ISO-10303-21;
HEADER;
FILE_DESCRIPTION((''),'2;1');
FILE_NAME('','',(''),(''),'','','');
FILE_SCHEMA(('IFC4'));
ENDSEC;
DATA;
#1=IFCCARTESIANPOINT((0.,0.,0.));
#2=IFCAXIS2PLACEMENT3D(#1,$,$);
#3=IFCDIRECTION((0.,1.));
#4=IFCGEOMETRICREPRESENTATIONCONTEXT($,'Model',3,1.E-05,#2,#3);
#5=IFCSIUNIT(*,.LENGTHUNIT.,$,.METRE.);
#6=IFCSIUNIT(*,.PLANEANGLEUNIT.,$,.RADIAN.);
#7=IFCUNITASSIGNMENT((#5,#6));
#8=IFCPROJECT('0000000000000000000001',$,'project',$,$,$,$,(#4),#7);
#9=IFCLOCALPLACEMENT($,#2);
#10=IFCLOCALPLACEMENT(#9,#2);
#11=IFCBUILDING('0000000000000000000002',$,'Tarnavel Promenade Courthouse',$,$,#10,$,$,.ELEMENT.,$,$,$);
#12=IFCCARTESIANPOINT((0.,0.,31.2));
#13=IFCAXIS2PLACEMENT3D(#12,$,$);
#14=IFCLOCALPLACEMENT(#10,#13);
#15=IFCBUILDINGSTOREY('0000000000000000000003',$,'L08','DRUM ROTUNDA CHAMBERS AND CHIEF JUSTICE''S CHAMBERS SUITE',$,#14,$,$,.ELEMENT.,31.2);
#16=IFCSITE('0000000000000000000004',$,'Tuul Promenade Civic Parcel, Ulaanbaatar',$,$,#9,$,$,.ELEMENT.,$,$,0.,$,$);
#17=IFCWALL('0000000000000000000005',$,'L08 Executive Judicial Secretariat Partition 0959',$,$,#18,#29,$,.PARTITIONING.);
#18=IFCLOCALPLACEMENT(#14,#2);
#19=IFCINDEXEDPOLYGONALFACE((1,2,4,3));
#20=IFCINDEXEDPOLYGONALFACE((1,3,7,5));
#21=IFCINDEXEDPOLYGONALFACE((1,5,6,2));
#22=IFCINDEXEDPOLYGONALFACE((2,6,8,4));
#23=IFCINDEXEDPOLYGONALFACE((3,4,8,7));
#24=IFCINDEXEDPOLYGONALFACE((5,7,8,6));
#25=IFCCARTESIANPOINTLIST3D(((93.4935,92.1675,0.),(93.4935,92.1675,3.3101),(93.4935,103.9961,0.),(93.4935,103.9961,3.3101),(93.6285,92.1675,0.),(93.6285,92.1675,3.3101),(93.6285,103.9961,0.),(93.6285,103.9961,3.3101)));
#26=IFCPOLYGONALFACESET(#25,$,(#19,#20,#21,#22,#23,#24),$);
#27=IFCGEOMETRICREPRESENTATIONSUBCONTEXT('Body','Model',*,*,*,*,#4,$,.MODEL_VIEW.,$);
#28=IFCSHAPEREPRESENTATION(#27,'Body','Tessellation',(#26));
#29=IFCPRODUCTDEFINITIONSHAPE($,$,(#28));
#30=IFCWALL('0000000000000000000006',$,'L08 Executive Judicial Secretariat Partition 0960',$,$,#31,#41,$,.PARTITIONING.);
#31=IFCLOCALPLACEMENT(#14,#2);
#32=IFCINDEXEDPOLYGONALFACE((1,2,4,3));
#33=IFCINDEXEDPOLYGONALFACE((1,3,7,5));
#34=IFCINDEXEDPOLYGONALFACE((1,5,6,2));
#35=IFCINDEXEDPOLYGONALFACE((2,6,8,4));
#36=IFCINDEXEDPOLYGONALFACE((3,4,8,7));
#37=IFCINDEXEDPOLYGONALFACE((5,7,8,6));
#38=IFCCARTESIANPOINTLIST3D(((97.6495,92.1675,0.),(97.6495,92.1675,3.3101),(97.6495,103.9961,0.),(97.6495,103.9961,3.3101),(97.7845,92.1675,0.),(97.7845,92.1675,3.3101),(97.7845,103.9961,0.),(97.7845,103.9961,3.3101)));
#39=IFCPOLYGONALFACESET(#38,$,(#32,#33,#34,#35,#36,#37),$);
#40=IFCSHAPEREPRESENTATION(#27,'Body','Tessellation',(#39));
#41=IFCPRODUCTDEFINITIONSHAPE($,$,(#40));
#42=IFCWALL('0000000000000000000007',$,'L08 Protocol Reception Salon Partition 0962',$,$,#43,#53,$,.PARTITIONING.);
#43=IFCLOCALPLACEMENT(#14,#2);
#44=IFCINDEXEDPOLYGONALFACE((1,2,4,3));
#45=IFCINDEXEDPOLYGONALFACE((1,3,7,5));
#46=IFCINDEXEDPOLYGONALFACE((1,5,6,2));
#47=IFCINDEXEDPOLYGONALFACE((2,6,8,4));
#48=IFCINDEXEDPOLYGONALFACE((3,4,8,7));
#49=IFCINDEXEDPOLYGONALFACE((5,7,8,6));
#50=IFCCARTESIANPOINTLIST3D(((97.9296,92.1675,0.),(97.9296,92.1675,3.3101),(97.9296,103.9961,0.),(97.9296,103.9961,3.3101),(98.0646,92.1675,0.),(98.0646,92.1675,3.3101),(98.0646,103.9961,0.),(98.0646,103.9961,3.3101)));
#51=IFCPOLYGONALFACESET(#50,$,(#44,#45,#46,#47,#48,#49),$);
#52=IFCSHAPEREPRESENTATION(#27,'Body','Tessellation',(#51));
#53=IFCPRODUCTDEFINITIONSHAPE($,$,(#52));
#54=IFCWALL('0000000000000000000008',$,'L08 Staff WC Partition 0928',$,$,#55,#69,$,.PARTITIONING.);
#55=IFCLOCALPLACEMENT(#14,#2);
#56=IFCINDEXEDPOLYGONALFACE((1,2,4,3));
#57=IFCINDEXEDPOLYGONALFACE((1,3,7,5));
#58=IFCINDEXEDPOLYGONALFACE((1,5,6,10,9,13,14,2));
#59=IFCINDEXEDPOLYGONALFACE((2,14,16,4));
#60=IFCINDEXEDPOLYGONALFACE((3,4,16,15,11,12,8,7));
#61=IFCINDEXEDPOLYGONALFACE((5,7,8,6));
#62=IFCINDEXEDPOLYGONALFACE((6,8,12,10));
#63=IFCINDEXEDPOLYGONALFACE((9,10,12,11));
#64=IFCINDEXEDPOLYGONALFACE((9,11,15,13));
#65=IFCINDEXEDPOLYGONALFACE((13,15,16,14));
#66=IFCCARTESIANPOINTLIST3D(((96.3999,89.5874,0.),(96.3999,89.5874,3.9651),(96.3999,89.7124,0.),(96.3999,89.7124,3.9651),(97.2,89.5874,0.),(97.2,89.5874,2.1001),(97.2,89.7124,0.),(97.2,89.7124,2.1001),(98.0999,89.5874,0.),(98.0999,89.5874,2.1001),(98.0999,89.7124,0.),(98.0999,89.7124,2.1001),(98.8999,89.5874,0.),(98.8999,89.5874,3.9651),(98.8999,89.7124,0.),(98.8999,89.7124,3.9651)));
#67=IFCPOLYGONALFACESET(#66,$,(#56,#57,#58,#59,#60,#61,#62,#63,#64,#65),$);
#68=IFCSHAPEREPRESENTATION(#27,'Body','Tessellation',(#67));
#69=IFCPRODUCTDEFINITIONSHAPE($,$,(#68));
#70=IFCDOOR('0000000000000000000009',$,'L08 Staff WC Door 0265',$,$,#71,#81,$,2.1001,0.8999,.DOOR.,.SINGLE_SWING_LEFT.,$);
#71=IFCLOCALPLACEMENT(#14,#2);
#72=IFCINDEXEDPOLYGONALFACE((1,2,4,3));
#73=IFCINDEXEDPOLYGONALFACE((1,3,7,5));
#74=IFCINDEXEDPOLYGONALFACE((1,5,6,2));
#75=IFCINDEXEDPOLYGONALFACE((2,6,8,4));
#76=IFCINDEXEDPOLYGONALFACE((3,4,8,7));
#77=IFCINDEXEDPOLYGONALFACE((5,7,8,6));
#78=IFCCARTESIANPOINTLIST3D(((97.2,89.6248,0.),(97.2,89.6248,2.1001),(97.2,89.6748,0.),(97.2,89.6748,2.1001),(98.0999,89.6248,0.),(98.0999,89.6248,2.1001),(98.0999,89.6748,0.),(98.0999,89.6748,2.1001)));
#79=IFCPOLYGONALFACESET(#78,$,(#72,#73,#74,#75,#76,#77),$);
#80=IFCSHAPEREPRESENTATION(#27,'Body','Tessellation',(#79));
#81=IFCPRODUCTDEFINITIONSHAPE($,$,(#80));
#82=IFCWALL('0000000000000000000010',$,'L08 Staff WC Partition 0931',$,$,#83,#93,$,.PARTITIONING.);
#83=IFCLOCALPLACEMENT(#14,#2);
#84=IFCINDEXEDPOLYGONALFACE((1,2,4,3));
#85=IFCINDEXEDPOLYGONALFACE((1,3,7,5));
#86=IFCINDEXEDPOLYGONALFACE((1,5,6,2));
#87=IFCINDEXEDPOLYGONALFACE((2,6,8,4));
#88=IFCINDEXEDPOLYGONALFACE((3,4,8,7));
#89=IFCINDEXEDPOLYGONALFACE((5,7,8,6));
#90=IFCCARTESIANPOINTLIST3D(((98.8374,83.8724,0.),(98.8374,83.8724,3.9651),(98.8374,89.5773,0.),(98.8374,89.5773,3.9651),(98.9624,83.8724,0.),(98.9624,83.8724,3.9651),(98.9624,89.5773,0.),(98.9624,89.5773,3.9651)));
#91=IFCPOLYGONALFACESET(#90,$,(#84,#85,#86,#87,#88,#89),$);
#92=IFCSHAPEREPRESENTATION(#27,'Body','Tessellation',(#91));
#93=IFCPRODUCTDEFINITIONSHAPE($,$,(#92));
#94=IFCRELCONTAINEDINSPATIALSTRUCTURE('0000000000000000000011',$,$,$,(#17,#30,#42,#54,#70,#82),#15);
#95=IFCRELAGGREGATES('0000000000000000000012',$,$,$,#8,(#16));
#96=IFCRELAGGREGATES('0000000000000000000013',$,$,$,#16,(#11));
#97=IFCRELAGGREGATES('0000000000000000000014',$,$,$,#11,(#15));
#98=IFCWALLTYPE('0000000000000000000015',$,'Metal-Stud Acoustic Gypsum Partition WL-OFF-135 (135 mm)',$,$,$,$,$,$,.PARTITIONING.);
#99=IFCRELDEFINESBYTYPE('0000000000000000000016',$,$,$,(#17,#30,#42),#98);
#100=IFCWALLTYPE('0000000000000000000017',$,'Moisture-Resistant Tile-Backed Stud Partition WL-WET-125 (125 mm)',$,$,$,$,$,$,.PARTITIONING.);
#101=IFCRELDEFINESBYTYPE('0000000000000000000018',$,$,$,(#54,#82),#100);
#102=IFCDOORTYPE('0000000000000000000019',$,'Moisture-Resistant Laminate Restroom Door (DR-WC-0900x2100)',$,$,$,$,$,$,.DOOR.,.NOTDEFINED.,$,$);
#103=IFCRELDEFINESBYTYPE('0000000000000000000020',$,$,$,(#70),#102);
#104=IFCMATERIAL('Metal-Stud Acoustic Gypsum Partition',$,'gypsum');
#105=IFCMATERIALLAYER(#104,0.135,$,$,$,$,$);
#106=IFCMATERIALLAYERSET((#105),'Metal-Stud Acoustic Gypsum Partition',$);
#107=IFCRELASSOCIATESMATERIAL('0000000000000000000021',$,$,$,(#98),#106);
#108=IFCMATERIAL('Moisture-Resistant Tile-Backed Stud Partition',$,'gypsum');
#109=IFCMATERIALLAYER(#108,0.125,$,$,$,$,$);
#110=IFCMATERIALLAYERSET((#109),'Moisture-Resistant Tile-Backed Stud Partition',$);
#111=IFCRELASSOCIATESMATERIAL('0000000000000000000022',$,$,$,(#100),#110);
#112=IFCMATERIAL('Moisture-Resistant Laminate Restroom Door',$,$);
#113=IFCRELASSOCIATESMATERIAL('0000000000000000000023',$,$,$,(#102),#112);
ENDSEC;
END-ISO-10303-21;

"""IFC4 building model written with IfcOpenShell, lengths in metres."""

from ifc_helpers import new_model, si_unit, direction, frame, frame_2d, origin, place, context, subcontext, project, spatial, rectangle, extrude, material, layer, layer_set, type_object, element, fill, save


model = new_model("IFC4")

# Units and contexts
model_context = context("Model", 3, precision=1e-05, world=origin(), true_north=direction((0.0, 1.0)))
body_context = subcontext(model_context, "Body", "Model", "MODEL_VIEW")
ifc_project = project(units=[si_unit("LENGTHUNIT", "METRE"), si_unit("PLANEANGLEUNIT", "RADIAN")], contexts=[model_context])

# Site, building, storey
site_placement = place(None, origin())
site = spatial("IfcSite", under=ifc_project, at=site_placement, Name="Tuul Promenade Civic Parcel, Ulaanbaatar", CompositionType="ELEMENT", RefElevation=0.0)
building_placement = place(site_placement, origin())
building = spatial("IfcBuilding", under=site, at=building_placement, Name="Tarnavel Promenade Courthouse", CompositionType="ELEMENT")
storey_placement = place(building_placement, frame((0.0, 0.0, 31.2)))
storey = spatial("IfcBuildingStorey", under=building, at=storey_placement, Name="L08", Description="DRUM ROTUNDA CHAMBERS AND CHIEF JUSTICE'S CHAMBERS SUITE", CompositionType="ELEMENT", Elevation=31.2)

# Shared definitions
ifc_material_1 = material(Name="Metal-Stud Acoustic Gypsum Partition", Category="gypsum")
ifc_layer_1 = layer(ifc_material_1, 0.135)
ifc_layer_set_1 = layer_set([ifc_layer_1], Name="Metal-Stud Acoustic Gypsum Partition")
wall_type_1 = type_object("IfcWallType", Name="Metal-Stud Acoustic Gypsum Partition WL-OFF-135 (135 mm)", PredefinedType="PARTITIONING", material=ifc_layer_set_1)

# Walls
for number, where, z_axis, x_axis, name in (
    (1, (93.561, 92.1675, 0.0), (0.0, 0.0, 1.0), (0.0, 1.0, 0.0), "L08 Executive Judicial Secretariat Partition 0959"),
    (2, (97.717, 103.9961, 0.0), (0.0, 0.0, 1.0), (0.0, -1.0, 0.0), "L08 Executive Judicial Secretariat Partition 0960"),
    (3, (97.9971, 92.1675, 0.0), (0.0, 0.0, 1.0), (0.0, 1.0, 0.0), "L08 Protocol Reception Salon Partition 0962"),
):
    element("IfcWall", number, at=place(storey_placement, frame(where, z_axis=z_axis, x_axis=x_axis)), inside=storey, type_object=wall_type_1, Name=name, PredefinedType="PARTITIONING", context=body_context, shape_type="SweptSolid", body=[
        extrude(rectangle(XDim=11.8286, YDim=0.135, at=frame_2d((5.9143, 0.0))), origin(), (0.0, 0.0, 1.0), 3.3101),
    ])

# Wall, opening, door
ifc_material_2 = material(Name="Moisture-Resistant Tile-Backed Stud Partition", Category="gypsum")
ifc_layer_2 = layer(ifc_material_2, 0.125)
ifc_layer_set_2 = layer_set([ifc_layer_2], Name="Moisture-Resistant Tile-Backed Stud Partition")
wall_type_2 = type_object("IfcWallType", Name="Moisture-Resistant Tile-Backed Stud Partition WL-WET-125 (125 mm)", PredefinedType="PARTITIONING", material=ifc_layer_set_2)
wall_1_placement = place(storey_placement, frame((96.3999, 89.6499, 0.0), z_axis=(0.0, 0.0, 1.0), x_axis=(1.0, 0.0, 0.0)))
wall_1 = element("IfcWall", 4, at=wall_1_placement, inside=storey, type_object=wall_type_2, Name="L08 Staff WC Partition 0928", PredefinedType="PARTITIONING", context=body_context, shape_type="SweptSolid", body=[
    extrude(rectangle(XDim=2.5, YDim=0.125, at=frame_2d((1.25, 0.0))), origin(), (0.0, 0.0, 1.0), 3.9651),
])
opening_1_placement = place(wall_1_placement, frame((0.8, 0.0, 0.0)))
opening_1 = element("IfcOpeningElement", 5, at=opening_1_placement, cuts=wall_1, PredefinedType="OPENING", context=body_context, shape_type="SweptSolid", body=[
    extrude(rectangle(XDim=0.8999, YDim=2.1001, at=frame_2d((0.45, 1.05))), frame((0.0, 0.0725, 0.0), z_axis=(0.0, -1.0, 0.0), x_axis=(1.0, 0.0, 0.0)), (0.0, 0.0, 1.0), 0.145),
])
ifc_material_3 = material(Name="Moisture-Resistant Laminate Restroom Door")
door_type_1 = type_object("IfcDoorType", Name="Moisture-Resistant Laminate Restroom Door (DR-WC-0900x2100)", OperationType="NOTDEFINED", PredefinedType="DOOR", material=ifc_material_3)
door_1_placement = place(opening_1_placement, origin())
door_1 = element("IfcDoor", 6, at=door_1_placement, inside=storey, type_object=door_type_1, Name="L08 Staff WC Door 0265", OperationType="SINGLE_SWING_LEFT", OverallHeight=2.1001, OverallWidth=0.8999, PredefinedType="DOOR", context=body_context, shape_type="SweptSolid", body=[
    extrude(rectangle(XDim=0.8999, YDim=2.1001, at=frame_2d((0.45, 1.05))), frame((0.0, 0.0249, 0.0), z_axis=(0.0, -1.0, 0.0), x_axis=(1.0, 0.0, 0.0)), (0.0, 0.0, 1.0), 0.05),
])
fill(opening_1, door_1)

# Wall
wall_2_placement = place(storey_placement, frame((98.8999, 89.5774, 0.0), z_axis=(0.0, 0.0, 1.0), x_axis=(0.0, -1.0, 0.0)))
element("IfcWall", 7, at=wall_2_placement, inside=storey, type_object=wall_type_2, Name="L08 Staff WC Partition 0931", PredefinedType="PARTITIONING", context=body_context, shape_type="SweptSolid", body=[
    extrude(rectangle(XDim=5.7048, YDim=0.125, at=frame_2d((2.8525, 0.0))), origin(), (0.0, 0.0, 1.0), 3.9651),
])

save(model, "model.ifc")
